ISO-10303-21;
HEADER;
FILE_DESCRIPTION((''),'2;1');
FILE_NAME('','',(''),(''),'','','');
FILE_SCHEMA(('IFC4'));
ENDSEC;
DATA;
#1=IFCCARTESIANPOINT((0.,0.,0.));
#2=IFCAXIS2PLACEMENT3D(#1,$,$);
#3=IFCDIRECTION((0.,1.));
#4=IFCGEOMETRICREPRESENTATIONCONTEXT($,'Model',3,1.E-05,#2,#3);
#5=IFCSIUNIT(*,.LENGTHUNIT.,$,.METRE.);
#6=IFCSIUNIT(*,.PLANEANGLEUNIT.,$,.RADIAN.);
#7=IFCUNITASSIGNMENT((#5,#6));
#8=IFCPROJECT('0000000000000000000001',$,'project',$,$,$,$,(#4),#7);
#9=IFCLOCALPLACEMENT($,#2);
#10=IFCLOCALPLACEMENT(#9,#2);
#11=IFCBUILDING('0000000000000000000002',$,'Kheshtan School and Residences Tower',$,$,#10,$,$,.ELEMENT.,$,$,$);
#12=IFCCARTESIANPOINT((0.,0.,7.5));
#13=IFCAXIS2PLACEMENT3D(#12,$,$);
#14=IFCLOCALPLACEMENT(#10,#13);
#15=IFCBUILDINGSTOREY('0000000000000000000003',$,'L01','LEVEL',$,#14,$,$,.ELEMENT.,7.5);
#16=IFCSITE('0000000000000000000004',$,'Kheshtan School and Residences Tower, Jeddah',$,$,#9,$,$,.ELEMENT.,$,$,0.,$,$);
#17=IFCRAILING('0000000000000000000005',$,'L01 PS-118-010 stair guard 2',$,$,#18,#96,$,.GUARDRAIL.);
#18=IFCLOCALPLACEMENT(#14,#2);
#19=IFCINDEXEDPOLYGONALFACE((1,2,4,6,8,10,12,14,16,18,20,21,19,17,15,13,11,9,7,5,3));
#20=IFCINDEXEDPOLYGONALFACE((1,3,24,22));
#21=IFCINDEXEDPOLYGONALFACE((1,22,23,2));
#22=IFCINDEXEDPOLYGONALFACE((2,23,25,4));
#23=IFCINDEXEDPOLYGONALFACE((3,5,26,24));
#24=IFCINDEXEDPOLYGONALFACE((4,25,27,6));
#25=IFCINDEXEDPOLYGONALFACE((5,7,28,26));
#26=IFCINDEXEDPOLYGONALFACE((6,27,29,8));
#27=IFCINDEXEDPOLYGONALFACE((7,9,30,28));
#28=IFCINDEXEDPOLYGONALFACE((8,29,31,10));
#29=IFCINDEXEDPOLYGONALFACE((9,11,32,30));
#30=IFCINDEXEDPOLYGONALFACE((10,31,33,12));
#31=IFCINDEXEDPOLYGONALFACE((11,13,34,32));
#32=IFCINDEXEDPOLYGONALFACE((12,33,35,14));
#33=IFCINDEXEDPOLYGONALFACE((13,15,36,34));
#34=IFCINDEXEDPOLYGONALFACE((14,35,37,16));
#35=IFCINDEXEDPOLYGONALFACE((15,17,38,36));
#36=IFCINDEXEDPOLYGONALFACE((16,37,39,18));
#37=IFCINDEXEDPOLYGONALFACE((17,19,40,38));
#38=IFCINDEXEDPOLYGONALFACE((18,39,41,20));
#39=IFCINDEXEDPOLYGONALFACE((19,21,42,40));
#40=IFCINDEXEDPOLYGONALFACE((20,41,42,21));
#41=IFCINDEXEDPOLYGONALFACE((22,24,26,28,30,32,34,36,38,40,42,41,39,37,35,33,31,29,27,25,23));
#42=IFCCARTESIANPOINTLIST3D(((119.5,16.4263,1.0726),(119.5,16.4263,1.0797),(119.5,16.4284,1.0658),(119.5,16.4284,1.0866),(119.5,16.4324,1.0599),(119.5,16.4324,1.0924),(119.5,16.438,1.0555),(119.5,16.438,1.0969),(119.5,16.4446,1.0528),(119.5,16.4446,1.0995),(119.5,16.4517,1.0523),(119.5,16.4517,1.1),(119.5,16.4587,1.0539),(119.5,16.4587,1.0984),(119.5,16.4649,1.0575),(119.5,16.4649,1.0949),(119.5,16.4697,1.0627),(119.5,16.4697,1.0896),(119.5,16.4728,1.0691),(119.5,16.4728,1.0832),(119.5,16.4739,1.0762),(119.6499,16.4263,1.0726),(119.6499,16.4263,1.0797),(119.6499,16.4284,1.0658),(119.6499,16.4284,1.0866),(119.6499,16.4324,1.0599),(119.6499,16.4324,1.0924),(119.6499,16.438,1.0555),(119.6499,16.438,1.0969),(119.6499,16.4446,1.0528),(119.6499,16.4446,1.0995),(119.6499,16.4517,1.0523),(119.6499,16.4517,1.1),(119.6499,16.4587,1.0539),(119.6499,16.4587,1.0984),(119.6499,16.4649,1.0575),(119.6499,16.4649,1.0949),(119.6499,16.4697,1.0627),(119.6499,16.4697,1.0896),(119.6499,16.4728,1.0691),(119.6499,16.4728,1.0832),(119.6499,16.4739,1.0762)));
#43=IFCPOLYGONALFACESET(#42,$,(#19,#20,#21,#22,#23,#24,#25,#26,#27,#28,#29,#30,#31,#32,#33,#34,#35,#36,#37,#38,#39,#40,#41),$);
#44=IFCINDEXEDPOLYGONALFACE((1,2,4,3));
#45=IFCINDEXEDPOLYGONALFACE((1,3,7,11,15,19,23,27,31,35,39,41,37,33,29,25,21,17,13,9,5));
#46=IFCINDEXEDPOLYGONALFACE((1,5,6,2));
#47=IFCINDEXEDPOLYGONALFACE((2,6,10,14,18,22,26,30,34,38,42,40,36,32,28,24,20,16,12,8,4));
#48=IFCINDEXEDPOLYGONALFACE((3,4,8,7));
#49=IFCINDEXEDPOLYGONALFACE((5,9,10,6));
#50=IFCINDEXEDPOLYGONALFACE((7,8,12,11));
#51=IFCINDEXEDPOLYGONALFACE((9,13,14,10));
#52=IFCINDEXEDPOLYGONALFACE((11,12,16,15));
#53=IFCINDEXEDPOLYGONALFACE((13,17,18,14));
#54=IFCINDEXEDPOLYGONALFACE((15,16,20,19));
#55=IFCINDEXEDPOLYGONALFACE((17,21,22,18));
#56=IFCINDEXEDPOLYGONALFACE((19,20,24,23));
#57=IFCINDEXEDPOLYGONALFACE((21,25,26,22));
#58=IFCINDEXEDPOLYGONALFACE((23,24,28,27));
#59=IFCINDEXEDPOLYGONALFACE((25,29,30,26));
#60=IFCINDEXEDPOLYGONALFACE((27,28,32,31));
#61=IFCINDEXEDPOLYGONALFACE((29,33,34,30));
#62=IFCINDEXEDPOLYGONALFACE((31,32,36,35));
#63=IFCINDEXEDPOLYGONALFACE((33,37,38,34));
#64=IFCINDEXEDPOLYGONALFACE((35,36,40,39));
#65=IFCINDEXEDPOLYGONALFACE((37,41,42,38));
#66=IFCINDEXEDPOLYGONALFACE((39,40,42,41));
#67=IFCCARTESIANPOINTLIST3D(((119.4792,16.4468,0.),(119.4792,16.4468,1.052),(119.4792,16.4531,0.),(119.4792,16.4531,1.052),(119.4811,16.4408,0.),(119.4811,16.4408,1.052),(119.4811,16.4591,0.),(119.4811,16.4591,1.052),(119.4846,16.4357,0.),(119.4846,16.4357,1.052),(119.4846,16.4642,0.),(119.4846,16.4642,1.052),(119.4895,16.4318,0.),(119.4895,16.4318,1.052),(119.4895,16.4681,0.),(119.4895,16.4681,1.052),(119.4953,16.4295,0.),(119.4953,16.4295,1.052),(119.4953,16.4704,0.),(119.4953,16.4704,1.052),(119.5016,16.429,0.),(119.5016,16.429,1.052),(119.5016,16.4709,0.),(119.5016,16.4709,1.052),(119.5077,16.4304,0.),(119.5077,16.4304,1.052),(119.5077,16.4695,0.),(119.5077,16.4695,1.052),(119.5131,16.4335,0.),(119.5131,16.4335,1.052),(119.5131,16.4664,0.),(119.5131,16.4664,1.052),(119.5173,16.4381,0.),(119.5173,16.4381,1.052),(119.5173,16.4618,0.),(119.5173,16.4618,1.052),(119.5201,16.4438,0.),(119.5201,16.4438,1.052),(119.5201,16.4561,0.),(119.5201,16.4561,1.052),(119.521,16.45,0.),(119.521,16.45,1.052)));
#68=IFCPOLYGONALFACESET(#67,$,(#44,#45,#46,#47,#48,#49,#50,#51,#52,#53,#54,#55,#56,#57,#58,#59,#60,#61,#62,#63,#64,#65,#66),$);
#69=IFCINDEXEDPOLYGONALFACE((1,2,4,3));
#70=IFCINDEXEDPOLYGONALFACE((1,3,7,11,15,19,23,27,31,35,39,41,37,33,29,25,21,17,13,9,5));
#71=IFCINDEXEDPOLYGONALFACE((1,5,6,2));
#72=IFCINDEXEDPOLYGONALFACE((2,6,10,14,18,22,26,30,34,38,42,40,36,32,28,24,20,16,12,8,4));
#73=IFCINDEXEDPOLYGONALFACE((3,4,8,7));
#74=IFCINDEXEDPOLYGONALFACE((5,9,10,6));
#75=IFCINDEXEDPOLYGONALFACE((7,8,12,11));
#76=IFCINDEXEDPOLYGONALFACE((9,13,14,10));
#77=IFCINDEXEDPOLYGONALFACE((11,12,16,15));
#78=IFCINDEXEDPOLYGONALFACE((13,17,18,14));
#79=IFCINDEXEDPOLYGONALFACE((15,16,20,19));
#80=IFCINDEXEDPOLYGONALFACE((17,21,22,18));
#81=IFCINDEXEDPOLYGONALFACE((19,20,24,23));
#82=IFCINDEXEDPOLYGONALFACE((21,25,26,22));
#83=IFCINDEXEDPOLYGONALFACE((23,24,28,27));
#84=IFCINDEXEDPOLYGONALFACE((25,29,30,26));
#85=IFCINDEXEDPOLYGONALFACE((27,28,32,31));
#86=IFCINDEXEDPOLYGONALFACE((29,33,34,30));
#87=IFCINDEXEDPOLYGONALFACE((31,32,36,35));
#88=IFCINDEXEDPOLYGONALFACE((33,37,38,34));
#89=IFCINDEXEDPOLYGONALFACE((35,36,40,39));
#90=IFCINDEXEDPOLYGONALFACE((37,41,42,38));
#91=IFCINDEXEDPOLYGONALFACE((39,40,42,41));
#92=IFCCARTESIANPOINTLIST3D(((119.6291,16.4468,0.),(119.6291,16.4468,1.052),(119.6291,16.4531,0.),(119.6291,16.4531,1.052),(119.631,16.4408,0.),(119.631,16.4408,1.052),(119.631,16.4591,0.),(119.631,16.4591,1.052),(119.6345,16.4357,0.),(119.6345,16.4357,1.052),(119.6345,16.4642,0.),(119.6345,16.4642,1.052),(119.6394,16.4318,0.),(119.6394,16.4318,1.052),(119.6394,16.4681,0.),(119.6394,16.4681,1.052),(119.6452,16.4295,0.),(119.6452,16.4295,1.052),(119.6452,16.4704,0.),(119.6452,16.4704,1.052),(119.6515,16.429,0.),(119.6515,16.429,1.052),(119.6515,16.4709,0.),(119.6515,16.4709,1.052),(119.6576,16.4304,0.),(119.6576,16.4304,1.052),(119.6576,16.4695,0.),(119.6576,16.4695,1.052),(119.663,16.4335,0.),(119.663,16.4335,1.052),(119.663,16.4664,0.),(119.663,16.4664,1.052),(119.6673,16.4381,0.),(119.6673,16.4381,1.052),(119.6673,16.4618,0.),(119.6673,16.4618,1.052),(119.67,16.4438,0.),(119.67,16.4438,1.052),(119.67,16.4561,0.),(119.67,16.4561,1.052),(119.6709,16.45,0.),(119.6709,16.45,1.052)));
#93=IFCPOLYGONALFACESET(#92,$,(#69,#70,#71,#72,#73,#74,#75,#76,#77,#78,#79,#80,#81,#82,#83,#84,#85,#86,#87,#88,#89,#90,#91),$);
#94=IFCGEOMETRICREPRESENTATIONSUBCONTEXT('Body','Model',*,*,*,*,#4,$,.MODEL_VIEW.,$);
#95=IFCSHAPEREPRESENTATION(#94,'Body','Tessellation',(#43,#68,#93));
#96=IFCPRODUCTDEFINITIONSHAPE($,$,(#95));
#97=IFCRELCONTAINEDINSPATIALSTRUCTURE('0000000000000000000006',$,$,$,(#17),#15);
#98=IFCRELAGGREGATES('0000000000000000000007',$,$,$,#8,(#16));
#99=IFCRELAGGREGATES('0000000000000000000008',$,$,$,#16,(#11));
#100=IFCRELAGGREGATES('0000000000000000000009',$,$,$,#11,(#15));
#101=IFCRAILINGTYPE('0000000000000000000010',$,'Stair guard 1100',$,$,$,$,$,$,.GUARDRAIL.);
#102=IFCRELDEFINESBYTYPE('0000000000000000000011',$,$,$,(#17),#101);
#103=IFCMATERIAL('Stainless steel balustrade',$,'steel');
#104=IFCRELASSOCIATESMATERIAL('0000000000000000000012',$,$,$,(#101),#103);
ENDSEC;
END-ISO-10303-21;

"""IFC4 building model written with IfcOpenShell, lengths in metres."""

from ifc_helpers import new_model, si_unit, direction, frame, origin, origin_2d, place, context, subcontext, project, spatial, circle, extrude, material, type_object, element, save


model = new_model("IFC4")

# Units and contexts
model_context = context("Model", 3, precision=1e-05, world=origin(), true_north=direction((0.0, 1.0)))
body_context = subcontext(model_context, "Body", "Model", "MODEL_VIEW")
ifc_project = project(units=[si_unit("LENGTHUNIT", "METRE"), si_unit("PLANEANGLEUNIT", "RADIAN")], contexts=[model_context])

# Site, building, storey
site_placement = place(None, origin())
site = spatial("IfcSite", under=ifc_project, at=site_placement, Name="Kheshtan School and Residences Tower, Jeddah", CompositionType="ELEMENT", RefElevation=0.0)
building_placement = place(site_placement, origin())
building = spatial("IfcBuilding", under=site, at=building_placement, Name="Kheshtan School and Residences Tower", CompositionType="ELEMENT")
storey_placement = place(building_placement, frame((0.0, 0.0, 7.5)))
storey = spatial("IfcBuildingStorey", under=building, at=storey_placement, Name="L01", Description="LEVEL", CompositionType="ELEMENT", Elevation=7.5)

# Railing
ifc_material_1 = material(Name="Stainless steel balustrade", Category="steel")
railing_type_1 = type_object("IfcRailingType", Name="Stair guard 1100", PredefinedType="GUARDRAIL", material=ifc_material_1)
railing_1_placement = place(storey_placement, frame((119.5, 16.45, 0.0)))
element("IfcRailing", 1, at=railing_1_placement, inside=storey, type_object=railing_type_1, Name="L01 PS-118-010 stair guard 2", PredefinedType="GUARDRAIL", context=body_context, shape_type="SweptSolid", body=[
    extrude(circle(Radius=0.0239, at=origin_2d()), frame((0.0, 0.0, 1.0762), z_axis=(1.0, 0.0, 0.0), x_axis=(0.0, 1.0, 0.0)), (0.0, 0.0, 1.0), 0.1499),
    extrude(circle(Radius=0.021, at=origin_2d()), origin(), (0.0, 0.0, 1.0), 1.052),
    extrude(circle(Radius=0.021, at=origin_2d()), frame((0.1499, 0.0, 0.0)), (0.0, 0.0, 1.0), 1.052),
])

save(model, "model.ifc")
